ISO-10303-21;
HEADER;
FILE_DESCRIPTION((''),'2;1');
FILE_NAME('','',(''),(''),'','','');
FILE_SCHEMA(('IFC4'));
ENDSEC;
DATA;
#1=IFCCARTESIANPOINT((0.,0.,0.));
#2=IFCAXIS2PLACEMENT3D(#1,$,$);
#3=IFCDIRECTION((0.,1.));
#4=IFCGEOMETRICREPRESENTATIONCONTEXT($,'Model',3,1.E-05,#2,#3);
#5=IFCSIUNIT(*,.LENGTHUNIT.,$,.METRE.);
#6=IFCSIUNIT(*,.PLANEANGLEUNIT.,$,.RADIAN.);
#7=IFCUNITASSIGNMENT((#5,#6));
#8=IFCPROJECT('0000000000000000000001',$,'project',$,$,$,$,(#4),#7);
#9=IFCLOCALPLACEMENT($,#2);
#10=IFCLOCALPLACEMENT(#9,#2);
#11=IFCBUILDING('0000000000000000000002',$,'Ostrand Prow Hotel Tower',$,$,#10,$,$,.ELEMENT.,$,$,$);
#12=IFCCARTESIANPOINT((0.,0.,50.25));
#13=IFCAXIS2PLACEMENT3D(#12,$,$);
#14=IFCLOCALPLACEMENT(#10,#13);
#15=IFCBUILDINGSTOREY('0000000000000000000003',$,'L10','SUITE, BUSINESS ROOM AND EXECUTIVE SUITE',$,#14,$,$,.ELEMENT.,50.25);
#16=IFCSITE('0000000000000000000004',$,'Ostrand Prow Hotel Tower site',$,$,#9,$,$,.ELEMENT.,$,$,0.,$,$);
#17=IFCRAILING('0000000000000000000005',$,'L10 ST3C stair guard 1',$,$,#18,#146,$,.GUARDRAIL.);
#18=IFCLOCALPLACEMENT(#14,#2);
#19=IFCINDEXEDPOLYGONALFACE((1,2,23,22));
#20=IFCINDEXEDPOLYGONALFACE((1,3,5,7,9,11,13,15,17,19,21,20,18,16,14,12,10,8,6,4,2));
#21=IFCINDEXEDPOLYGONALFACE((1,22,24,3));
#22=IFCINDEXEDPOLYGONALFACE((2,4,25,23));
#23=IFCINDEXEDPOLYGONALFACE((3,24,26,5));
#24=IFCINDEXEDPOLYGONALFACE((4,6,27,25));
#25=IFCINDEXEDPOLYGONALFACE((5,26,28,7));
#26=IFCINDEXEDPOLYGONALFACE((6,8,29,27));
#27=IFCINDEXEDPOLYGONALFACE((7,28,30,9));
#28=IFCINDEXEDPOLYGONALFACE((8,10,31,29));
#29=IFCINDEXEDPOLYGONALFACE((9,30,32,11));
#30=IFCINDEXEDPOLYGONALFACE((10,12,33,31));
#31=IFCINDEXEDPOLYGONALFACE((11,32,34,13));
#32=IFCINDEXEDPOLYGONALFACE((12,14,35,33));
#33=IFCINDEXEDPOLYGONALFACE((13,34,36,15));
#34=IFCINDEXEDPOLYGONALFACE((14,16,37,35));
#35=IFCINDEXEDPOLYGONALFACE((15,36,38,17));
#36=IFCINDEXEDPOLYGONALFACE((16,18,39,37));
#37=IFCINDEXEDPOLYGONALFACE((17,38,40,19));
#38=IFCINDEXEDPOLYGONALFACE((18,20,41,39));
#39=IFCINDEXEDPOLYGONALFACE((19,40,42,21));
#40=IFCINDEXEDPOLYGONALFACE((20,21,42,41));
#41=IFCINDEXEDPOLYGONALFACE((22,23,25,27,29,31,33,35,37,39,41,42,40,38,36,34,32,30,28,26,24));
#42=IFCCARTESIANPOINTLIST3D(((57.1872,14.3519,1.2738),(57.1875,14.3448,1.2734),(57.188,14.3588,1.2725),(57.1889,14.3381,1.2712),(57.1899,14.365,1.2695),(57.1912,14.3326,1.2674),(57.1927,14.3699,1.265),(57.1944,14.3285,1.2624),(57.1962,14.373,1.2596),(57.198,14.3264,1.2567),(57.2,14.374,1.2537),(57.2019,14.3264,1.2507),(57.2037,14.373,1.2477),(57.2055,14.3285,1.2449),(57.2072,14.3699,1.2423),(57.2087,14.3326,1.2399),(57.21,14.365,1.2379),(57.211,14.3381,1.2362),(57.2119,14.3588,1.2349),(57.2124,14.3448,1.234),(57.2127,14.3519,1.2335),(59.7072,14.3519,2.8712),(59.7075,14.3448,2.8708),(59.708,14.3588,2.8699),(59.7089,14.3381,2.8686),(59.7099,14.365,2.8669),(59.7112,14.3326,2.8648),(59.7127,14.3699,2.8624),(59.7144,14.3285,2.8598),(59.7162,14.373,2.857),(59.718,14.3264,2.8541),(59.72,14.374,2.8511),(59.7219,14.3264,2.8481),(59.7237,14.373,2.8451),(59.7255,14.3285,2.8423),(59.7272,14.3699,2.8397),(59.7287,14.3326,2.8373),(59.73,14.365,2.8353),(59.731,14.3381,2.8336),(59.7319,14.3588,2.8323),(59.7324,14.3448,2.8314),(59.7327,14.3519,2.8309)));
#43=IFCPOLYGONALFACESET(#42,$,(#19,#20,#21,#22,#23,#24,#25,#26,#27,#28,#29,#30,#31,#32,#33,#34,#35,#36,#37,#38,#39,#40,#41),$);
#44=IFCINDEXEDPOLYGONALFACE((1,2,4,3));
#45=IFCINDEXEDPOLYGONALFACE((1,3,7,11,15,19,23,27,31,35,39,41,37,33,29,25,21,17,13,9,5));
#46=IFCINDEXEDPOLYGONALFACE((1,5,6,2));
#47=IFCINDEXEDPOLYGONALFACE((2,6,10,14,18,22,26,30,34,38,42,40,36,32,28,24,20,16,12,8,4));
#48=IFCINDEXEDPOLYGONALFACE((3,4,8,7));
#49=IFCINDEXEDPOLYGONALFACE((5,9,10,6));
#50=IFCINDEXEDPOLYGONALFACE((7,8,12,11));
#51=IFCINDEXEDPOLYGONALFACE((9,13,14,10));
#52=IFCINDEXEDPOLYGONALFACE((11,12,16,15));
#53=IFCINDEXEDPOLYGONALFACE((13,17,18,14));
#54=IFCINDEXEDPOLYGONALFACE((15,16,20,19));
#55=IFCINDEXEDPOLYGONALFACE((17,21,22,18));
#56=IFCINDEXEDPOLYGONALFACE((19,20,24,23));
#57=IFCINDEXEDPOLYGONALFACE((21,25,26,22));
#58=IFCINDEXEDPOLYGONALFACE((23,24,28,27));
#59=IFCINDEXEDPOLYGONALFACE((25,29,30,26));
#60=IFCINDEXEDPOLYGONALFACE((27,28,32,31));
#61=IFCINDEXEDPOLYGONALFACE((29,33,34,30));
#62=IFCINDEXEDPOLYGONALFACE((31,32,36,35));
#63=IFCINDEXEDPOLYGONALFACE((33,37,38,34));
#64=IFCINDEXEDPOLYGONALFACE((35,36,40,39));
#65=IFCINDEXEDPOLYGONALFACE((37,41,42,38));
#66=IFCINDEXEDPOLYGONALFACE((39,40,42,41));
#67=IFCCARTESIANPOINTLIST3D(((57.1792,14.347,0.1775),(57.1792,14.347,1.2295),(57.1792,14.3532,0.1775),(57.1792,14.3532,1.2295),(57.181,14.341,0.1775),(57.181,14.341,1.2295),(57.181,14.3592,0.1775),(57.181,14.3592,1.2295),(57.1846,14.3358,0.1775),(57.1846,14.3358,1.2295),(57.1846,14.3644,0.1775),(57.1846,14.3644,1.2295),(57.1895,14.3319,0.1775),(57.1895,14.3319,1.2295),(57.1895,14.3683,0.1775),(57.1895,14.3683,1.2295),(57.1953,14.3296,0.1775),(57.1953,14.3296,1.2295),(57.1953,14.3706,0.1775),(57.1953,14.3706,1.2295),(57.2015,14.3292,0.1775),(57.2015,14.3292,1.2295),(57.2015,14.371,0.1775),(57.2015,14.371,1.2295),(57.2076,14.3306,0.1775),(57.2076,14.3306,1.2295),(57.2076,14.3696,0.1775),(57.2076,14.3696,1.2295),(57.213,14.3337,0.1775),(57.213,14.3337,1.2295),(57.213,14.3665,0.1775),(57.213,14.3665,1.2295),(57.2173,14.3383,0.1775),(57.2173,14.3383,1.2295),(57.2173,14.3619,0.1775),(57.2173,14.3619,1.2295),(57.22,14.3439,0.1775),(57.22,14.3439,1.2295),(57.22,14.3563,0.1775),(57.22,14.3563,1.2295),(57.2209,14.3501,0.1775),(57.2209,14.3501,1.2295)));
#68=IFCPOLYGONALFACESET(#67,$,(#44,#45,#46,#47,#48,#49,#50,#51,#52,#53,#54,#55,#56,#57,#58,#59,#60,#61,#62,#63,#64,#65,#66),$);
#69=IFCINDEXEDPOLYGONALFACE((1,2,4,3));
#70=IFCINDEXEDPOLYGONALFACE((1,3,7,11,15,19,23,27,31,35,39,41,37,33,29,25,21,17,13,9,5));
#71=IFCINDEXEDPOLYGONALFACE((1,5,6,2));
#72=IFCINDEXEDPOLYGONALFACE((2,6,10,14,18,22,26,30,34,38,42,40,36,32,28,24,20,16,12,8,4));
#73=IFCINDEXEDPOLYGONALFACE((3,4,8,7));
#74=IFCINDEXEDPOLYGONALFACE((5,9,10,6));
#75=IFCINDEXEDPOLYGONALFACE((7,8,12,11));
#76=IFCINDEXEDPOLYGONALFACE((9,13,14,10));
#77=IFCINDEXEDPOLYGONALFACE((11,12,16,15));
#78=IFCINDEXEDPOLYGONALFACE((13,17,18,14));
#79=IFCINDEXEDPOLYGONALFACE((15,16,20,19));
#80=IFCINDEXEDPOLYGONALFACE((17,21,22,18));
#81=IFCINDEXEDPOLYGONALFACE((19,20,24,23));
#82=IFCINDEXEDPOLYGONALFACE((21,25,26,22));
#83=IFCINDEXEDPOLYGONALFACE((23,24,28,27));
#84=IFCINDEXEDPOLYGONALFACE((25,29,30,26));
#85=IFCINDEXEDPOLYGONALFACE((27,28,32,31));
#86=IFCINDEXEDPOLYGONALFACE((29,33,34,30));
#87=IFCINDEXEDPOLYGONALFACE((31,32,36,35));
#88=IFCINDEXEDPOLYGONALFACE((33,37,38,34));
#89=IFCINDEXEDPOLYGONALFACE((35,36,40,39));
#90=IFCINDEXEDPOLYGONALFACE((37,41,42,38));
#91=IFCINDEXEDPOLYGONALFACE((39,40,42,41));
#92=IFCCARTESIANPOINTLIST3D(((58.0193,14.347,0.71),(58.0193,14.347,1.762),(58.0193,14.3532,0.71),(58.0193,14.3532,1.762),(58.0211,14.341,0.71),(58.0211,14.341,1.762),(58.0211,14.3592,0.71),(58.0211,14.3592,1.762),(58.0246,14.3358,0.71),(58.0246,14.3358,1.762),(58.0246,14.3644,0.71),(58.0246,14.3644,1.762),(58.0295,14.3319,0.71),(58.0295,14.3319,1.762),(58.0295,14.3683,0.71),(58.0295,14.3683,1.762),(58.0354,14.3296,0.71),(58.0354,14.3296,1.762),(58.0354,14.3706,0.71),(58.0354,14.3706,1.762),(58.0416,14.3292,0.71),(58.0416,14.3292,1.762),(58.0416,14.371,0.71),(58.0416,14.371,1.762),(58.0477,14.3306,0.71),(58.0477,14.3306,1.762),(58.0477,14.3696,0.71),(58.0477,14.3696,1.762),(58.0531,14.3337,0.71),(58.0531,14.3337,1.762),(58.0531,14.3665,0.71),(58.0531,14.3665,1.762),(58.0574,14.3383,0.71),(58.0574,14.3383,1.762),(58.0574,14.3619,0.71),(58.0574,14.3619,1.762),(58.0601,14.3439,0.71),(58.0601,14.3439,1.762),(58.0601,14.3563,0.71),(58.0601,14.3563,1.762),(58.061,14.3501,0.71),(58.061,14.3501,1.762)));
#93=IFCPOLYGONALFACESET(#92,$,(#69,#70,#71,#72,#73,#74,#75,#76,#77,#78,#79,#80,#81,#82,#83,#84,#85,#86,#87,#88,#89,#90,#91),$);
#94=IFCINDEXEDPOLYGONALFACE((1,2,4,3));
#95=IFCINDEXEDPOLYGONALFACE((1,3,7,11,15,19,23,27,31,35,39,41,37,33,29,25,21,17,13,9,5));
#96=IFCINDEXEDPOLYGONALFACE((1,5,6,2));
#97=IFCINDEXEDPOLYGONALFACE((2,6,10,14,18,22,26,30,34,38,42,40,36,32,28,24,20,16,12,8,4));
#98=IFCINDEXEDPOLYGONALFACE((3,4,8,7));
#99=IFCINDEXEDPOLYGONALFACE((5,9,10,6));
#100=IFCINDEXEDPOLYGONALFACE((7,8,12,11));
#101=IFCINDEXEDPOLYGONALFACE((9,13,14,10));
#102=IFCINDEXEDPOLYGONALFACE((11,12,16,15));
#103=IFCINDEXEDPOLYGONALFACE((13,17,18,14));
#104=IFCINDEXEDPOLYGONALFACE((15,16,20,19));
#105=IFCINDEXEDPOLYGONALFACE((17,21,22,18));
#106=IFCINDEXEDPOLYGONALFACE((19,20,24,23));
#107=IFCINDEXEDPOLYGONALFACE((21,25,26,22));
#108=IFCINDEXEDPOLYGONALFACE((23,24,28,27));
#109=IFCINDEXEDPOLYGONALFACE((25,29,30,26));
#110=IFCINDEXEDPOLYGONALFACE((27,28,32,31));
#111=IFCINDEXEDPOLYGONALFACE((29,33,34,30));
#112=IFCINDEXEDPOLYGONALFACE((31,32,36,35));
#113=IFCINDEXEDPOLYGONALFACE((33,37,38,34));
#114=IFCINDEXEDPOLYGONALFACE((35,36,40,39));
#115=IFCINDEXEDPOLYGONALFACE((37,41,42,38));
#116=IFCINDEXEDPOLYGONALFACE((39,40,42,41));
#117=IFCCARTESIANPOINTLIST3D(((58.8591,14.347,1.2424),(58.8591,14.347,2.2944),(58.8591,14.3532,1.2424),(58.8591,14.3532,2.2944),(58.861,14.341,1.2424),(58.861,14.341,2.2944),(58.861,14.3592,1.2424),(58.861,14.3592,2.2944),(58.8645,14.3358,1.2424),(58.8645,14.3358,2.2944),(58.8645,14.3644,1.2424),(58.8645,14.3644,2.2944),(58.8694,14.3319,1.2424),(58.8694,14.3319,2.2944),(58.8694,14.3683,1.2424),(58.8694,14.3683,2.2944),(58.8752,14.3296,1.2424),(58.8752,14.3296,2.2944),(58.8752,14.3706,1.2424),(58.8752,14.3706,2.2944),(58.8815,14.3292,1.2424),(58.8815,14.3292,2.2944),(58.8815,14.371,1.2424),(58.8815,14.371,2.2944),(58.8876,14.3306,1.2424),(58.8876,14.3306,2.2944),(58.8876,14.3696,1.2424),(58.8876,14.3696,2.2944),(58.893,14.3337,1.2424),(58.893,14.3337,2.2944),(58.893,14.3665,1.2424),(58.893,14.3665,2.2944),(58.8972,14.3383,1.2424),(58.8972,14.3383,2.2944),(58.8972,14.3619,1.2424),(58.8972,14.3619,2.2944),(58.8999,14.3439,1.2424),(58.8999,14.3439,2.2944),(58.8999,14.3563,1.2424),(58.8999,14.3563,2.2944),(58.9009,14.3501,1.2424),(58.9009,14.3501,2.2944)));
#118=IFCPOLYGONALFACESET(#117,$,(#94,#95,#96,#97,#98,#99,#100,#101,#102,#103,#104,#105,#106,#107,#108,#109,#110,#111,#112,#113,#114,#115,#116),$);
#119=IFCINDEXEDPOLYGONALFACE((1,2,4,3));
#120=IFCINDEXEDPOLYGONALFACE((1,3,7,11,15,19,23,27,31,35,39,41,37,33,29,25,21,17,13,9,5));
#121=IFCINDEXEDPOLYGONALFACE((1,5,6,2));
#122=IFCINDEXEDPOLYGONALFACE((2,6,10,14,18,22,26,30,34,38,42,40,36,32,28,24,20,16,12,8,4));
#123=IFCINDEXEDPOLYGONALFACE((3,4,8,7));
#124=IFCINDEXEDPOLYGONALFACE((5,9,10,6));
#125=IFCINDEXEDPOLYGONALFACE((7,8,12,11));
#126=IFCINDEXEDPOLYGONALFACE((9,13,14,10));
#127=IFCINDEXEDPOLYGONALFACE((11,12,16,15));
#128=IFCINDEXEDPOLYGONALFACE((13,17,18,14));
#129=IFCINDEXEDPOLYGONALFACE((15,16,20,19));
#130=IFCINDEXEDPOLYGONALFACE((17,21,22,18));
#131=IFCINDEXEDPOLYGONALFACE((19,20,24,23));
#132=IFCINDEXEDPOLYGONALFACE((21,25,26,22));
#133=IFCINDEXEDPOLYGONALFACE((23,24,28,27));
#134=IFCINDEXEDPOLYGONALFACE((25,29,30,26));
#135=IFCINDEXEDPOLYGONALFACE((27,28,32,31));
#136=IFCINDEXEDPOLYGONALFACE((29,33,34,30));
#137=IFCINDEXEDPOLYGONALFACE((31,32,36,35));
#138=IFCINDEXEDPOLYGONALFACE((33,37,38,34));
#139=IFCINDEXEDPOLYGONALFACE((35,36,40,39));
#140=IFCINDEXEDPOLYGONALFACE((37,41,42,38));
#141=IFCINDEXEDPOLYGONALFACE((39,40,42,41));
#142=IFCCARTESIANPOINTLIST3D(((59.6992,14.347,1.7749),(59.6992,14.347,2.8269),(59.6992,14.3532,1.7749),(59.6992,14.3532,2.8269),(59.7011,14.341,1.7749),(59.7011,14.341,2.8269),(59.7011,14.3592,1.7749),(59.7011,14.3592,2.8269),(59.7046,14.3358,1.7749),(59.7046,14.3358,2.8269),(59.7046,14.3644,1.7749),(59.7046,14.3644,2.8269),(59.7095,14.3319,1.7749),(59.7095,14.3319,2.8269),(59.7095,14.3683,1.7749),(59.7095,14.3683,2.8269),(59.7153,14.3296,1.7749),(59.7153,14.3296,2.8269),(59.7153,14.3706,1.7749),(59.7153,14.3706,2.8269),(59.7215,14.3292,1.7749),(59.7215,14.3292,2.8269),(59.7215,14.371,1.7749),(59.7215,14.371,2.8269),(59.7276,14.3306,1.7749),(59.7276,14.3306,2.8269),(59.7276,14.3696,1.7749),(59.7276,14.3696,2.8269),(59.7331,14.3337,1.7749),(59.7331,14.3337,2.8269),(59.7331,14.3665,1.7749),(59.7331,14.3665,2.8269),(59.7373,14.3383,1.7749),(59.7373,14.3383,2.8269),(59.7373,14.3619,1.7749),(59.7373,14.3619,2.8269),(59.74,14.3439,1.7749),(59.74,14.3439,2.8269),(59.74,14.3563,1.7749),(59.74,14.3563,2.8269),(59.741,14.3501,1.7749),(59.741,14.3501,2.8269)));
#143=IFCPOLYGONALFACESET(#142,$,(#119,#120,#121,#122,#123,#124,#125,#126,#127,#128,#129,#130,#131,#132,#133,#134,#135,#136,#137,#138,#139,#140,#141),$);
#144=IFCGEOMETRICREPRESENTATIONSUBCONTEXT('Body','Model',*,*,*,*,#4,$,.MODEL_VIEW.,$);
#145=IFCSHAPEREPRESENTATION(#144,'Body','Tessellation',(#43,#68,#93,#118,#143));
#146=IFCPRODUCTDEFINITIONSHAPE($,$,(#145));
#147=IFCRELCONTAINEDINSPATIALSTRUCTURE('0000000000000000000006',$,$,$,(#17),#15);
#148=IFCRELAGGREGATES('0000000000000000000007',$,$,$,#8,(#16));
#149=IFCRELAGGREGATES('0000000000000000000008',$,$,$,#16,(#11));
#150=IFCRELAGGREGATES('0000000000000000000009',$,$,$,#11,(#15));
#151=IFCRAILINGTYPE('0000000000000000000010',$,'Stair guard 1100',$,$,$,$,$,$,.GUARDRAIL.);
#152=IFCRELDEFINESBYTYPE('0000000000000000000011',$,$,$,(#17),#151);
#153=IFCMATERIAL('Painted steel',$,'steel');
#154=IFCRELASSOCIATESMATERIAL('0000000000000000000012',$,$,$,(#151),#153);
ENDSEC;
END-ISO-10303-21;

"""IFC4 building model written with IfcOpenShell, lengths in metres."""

from ifc_helpers import new_model, si_unit, direction, frame, origin, origin_2d, place, context, subcontext, project, spatial, circle, extrude, material, type_object, element, save


model = new_model("IFC4")

# Units and contexts
model_context = context("Model", 3, precision=1e-05, world=origin(), true_north=direction((0.0, 1.0)))
body_context = subcontext(model_context, "Body", "Model", "MODEL_VIEW")
ifc_project = project(units=[si_unit("LENGTHUNIT", "METRE"), si_unit("PLANEANGLEUNIT", "RADIAN")], contexts=[model_context])

# Site, building, storey
site_placement = place(None, origin())
site = spatial("IfcSite", under=ifc_project, at=site_placement, Name="Ostrand Prow Hotel Tower site", CompositionType="ELEMENT", RefElevation=0.0)
building_placement = place(site_placement, origin())
building = spatial("IfcBuilding", under=site, at=building_placement, Name="Ostrand Prow Hotel Tower", CompositionType="ELEMENT")
storey_placement = place(building_placement, frame((0.0, 0.0, 50.25)))
storey = spatial("IfcBuildingStorey", under=building, at=storey_placement, Name="L10", Description="SUITE, BUSINESS ROOM AND EXECUTIVE SUITE", CompositionType="ELEMENT", Elevation=50.25)

# Railing
ifc_material_1 = material(Name="Painted steel", Category="steel")
railing_type_1 = type_object("IfcRailingType", Name="Stair guard 1100", PredefinedType="GUARDRAIL", material=ifc_material_1)
railing_1_placement = place(storey_placement, frame((57.2, 14.3501, 0.1775)))
element("IfcRailing", 1, at=railing_1_placement, inside=storey, type_object=railing_type_1, Name="L10 ST3C stair guard 1", PredefinedType="GUARDRAIL", context=body_context, shape_type="SweptSolid", body=[
    extrude(circle(Radius=0.0239, at=origin_2d()), frame((0.0, 0.0, 1.0762), z_axis=(0.844607, 0.0, 0.535387), x_axis=(0.0, 1.0, 0.0)), (0.0, 0.0, 1.0), 2.9836),
    extrude(circle(Radius=0.021, at=origin_2d()), origin(), (0.0, 0.0, 1.0), 1.052),
    extrude(circle(Radius=0.021, at=origin_2d()), frame((0.8401, 0.0, 0.5325)), (0.0, 0.0, 1.0), 1.052),
    extrude(circle(Radius=0.021, at=origin_2d()), frame((1.6799, 0.0, 1.0649)), (0.0, 0.0, 1.0), 1.052),
    extrude(circle(Radius=0.021, at=origin_2d()), frame((2.52, 0.0, 1.5974)), (0.0, 0.0, 1.0), 1.052),
])

save(model, "model.ifc")
